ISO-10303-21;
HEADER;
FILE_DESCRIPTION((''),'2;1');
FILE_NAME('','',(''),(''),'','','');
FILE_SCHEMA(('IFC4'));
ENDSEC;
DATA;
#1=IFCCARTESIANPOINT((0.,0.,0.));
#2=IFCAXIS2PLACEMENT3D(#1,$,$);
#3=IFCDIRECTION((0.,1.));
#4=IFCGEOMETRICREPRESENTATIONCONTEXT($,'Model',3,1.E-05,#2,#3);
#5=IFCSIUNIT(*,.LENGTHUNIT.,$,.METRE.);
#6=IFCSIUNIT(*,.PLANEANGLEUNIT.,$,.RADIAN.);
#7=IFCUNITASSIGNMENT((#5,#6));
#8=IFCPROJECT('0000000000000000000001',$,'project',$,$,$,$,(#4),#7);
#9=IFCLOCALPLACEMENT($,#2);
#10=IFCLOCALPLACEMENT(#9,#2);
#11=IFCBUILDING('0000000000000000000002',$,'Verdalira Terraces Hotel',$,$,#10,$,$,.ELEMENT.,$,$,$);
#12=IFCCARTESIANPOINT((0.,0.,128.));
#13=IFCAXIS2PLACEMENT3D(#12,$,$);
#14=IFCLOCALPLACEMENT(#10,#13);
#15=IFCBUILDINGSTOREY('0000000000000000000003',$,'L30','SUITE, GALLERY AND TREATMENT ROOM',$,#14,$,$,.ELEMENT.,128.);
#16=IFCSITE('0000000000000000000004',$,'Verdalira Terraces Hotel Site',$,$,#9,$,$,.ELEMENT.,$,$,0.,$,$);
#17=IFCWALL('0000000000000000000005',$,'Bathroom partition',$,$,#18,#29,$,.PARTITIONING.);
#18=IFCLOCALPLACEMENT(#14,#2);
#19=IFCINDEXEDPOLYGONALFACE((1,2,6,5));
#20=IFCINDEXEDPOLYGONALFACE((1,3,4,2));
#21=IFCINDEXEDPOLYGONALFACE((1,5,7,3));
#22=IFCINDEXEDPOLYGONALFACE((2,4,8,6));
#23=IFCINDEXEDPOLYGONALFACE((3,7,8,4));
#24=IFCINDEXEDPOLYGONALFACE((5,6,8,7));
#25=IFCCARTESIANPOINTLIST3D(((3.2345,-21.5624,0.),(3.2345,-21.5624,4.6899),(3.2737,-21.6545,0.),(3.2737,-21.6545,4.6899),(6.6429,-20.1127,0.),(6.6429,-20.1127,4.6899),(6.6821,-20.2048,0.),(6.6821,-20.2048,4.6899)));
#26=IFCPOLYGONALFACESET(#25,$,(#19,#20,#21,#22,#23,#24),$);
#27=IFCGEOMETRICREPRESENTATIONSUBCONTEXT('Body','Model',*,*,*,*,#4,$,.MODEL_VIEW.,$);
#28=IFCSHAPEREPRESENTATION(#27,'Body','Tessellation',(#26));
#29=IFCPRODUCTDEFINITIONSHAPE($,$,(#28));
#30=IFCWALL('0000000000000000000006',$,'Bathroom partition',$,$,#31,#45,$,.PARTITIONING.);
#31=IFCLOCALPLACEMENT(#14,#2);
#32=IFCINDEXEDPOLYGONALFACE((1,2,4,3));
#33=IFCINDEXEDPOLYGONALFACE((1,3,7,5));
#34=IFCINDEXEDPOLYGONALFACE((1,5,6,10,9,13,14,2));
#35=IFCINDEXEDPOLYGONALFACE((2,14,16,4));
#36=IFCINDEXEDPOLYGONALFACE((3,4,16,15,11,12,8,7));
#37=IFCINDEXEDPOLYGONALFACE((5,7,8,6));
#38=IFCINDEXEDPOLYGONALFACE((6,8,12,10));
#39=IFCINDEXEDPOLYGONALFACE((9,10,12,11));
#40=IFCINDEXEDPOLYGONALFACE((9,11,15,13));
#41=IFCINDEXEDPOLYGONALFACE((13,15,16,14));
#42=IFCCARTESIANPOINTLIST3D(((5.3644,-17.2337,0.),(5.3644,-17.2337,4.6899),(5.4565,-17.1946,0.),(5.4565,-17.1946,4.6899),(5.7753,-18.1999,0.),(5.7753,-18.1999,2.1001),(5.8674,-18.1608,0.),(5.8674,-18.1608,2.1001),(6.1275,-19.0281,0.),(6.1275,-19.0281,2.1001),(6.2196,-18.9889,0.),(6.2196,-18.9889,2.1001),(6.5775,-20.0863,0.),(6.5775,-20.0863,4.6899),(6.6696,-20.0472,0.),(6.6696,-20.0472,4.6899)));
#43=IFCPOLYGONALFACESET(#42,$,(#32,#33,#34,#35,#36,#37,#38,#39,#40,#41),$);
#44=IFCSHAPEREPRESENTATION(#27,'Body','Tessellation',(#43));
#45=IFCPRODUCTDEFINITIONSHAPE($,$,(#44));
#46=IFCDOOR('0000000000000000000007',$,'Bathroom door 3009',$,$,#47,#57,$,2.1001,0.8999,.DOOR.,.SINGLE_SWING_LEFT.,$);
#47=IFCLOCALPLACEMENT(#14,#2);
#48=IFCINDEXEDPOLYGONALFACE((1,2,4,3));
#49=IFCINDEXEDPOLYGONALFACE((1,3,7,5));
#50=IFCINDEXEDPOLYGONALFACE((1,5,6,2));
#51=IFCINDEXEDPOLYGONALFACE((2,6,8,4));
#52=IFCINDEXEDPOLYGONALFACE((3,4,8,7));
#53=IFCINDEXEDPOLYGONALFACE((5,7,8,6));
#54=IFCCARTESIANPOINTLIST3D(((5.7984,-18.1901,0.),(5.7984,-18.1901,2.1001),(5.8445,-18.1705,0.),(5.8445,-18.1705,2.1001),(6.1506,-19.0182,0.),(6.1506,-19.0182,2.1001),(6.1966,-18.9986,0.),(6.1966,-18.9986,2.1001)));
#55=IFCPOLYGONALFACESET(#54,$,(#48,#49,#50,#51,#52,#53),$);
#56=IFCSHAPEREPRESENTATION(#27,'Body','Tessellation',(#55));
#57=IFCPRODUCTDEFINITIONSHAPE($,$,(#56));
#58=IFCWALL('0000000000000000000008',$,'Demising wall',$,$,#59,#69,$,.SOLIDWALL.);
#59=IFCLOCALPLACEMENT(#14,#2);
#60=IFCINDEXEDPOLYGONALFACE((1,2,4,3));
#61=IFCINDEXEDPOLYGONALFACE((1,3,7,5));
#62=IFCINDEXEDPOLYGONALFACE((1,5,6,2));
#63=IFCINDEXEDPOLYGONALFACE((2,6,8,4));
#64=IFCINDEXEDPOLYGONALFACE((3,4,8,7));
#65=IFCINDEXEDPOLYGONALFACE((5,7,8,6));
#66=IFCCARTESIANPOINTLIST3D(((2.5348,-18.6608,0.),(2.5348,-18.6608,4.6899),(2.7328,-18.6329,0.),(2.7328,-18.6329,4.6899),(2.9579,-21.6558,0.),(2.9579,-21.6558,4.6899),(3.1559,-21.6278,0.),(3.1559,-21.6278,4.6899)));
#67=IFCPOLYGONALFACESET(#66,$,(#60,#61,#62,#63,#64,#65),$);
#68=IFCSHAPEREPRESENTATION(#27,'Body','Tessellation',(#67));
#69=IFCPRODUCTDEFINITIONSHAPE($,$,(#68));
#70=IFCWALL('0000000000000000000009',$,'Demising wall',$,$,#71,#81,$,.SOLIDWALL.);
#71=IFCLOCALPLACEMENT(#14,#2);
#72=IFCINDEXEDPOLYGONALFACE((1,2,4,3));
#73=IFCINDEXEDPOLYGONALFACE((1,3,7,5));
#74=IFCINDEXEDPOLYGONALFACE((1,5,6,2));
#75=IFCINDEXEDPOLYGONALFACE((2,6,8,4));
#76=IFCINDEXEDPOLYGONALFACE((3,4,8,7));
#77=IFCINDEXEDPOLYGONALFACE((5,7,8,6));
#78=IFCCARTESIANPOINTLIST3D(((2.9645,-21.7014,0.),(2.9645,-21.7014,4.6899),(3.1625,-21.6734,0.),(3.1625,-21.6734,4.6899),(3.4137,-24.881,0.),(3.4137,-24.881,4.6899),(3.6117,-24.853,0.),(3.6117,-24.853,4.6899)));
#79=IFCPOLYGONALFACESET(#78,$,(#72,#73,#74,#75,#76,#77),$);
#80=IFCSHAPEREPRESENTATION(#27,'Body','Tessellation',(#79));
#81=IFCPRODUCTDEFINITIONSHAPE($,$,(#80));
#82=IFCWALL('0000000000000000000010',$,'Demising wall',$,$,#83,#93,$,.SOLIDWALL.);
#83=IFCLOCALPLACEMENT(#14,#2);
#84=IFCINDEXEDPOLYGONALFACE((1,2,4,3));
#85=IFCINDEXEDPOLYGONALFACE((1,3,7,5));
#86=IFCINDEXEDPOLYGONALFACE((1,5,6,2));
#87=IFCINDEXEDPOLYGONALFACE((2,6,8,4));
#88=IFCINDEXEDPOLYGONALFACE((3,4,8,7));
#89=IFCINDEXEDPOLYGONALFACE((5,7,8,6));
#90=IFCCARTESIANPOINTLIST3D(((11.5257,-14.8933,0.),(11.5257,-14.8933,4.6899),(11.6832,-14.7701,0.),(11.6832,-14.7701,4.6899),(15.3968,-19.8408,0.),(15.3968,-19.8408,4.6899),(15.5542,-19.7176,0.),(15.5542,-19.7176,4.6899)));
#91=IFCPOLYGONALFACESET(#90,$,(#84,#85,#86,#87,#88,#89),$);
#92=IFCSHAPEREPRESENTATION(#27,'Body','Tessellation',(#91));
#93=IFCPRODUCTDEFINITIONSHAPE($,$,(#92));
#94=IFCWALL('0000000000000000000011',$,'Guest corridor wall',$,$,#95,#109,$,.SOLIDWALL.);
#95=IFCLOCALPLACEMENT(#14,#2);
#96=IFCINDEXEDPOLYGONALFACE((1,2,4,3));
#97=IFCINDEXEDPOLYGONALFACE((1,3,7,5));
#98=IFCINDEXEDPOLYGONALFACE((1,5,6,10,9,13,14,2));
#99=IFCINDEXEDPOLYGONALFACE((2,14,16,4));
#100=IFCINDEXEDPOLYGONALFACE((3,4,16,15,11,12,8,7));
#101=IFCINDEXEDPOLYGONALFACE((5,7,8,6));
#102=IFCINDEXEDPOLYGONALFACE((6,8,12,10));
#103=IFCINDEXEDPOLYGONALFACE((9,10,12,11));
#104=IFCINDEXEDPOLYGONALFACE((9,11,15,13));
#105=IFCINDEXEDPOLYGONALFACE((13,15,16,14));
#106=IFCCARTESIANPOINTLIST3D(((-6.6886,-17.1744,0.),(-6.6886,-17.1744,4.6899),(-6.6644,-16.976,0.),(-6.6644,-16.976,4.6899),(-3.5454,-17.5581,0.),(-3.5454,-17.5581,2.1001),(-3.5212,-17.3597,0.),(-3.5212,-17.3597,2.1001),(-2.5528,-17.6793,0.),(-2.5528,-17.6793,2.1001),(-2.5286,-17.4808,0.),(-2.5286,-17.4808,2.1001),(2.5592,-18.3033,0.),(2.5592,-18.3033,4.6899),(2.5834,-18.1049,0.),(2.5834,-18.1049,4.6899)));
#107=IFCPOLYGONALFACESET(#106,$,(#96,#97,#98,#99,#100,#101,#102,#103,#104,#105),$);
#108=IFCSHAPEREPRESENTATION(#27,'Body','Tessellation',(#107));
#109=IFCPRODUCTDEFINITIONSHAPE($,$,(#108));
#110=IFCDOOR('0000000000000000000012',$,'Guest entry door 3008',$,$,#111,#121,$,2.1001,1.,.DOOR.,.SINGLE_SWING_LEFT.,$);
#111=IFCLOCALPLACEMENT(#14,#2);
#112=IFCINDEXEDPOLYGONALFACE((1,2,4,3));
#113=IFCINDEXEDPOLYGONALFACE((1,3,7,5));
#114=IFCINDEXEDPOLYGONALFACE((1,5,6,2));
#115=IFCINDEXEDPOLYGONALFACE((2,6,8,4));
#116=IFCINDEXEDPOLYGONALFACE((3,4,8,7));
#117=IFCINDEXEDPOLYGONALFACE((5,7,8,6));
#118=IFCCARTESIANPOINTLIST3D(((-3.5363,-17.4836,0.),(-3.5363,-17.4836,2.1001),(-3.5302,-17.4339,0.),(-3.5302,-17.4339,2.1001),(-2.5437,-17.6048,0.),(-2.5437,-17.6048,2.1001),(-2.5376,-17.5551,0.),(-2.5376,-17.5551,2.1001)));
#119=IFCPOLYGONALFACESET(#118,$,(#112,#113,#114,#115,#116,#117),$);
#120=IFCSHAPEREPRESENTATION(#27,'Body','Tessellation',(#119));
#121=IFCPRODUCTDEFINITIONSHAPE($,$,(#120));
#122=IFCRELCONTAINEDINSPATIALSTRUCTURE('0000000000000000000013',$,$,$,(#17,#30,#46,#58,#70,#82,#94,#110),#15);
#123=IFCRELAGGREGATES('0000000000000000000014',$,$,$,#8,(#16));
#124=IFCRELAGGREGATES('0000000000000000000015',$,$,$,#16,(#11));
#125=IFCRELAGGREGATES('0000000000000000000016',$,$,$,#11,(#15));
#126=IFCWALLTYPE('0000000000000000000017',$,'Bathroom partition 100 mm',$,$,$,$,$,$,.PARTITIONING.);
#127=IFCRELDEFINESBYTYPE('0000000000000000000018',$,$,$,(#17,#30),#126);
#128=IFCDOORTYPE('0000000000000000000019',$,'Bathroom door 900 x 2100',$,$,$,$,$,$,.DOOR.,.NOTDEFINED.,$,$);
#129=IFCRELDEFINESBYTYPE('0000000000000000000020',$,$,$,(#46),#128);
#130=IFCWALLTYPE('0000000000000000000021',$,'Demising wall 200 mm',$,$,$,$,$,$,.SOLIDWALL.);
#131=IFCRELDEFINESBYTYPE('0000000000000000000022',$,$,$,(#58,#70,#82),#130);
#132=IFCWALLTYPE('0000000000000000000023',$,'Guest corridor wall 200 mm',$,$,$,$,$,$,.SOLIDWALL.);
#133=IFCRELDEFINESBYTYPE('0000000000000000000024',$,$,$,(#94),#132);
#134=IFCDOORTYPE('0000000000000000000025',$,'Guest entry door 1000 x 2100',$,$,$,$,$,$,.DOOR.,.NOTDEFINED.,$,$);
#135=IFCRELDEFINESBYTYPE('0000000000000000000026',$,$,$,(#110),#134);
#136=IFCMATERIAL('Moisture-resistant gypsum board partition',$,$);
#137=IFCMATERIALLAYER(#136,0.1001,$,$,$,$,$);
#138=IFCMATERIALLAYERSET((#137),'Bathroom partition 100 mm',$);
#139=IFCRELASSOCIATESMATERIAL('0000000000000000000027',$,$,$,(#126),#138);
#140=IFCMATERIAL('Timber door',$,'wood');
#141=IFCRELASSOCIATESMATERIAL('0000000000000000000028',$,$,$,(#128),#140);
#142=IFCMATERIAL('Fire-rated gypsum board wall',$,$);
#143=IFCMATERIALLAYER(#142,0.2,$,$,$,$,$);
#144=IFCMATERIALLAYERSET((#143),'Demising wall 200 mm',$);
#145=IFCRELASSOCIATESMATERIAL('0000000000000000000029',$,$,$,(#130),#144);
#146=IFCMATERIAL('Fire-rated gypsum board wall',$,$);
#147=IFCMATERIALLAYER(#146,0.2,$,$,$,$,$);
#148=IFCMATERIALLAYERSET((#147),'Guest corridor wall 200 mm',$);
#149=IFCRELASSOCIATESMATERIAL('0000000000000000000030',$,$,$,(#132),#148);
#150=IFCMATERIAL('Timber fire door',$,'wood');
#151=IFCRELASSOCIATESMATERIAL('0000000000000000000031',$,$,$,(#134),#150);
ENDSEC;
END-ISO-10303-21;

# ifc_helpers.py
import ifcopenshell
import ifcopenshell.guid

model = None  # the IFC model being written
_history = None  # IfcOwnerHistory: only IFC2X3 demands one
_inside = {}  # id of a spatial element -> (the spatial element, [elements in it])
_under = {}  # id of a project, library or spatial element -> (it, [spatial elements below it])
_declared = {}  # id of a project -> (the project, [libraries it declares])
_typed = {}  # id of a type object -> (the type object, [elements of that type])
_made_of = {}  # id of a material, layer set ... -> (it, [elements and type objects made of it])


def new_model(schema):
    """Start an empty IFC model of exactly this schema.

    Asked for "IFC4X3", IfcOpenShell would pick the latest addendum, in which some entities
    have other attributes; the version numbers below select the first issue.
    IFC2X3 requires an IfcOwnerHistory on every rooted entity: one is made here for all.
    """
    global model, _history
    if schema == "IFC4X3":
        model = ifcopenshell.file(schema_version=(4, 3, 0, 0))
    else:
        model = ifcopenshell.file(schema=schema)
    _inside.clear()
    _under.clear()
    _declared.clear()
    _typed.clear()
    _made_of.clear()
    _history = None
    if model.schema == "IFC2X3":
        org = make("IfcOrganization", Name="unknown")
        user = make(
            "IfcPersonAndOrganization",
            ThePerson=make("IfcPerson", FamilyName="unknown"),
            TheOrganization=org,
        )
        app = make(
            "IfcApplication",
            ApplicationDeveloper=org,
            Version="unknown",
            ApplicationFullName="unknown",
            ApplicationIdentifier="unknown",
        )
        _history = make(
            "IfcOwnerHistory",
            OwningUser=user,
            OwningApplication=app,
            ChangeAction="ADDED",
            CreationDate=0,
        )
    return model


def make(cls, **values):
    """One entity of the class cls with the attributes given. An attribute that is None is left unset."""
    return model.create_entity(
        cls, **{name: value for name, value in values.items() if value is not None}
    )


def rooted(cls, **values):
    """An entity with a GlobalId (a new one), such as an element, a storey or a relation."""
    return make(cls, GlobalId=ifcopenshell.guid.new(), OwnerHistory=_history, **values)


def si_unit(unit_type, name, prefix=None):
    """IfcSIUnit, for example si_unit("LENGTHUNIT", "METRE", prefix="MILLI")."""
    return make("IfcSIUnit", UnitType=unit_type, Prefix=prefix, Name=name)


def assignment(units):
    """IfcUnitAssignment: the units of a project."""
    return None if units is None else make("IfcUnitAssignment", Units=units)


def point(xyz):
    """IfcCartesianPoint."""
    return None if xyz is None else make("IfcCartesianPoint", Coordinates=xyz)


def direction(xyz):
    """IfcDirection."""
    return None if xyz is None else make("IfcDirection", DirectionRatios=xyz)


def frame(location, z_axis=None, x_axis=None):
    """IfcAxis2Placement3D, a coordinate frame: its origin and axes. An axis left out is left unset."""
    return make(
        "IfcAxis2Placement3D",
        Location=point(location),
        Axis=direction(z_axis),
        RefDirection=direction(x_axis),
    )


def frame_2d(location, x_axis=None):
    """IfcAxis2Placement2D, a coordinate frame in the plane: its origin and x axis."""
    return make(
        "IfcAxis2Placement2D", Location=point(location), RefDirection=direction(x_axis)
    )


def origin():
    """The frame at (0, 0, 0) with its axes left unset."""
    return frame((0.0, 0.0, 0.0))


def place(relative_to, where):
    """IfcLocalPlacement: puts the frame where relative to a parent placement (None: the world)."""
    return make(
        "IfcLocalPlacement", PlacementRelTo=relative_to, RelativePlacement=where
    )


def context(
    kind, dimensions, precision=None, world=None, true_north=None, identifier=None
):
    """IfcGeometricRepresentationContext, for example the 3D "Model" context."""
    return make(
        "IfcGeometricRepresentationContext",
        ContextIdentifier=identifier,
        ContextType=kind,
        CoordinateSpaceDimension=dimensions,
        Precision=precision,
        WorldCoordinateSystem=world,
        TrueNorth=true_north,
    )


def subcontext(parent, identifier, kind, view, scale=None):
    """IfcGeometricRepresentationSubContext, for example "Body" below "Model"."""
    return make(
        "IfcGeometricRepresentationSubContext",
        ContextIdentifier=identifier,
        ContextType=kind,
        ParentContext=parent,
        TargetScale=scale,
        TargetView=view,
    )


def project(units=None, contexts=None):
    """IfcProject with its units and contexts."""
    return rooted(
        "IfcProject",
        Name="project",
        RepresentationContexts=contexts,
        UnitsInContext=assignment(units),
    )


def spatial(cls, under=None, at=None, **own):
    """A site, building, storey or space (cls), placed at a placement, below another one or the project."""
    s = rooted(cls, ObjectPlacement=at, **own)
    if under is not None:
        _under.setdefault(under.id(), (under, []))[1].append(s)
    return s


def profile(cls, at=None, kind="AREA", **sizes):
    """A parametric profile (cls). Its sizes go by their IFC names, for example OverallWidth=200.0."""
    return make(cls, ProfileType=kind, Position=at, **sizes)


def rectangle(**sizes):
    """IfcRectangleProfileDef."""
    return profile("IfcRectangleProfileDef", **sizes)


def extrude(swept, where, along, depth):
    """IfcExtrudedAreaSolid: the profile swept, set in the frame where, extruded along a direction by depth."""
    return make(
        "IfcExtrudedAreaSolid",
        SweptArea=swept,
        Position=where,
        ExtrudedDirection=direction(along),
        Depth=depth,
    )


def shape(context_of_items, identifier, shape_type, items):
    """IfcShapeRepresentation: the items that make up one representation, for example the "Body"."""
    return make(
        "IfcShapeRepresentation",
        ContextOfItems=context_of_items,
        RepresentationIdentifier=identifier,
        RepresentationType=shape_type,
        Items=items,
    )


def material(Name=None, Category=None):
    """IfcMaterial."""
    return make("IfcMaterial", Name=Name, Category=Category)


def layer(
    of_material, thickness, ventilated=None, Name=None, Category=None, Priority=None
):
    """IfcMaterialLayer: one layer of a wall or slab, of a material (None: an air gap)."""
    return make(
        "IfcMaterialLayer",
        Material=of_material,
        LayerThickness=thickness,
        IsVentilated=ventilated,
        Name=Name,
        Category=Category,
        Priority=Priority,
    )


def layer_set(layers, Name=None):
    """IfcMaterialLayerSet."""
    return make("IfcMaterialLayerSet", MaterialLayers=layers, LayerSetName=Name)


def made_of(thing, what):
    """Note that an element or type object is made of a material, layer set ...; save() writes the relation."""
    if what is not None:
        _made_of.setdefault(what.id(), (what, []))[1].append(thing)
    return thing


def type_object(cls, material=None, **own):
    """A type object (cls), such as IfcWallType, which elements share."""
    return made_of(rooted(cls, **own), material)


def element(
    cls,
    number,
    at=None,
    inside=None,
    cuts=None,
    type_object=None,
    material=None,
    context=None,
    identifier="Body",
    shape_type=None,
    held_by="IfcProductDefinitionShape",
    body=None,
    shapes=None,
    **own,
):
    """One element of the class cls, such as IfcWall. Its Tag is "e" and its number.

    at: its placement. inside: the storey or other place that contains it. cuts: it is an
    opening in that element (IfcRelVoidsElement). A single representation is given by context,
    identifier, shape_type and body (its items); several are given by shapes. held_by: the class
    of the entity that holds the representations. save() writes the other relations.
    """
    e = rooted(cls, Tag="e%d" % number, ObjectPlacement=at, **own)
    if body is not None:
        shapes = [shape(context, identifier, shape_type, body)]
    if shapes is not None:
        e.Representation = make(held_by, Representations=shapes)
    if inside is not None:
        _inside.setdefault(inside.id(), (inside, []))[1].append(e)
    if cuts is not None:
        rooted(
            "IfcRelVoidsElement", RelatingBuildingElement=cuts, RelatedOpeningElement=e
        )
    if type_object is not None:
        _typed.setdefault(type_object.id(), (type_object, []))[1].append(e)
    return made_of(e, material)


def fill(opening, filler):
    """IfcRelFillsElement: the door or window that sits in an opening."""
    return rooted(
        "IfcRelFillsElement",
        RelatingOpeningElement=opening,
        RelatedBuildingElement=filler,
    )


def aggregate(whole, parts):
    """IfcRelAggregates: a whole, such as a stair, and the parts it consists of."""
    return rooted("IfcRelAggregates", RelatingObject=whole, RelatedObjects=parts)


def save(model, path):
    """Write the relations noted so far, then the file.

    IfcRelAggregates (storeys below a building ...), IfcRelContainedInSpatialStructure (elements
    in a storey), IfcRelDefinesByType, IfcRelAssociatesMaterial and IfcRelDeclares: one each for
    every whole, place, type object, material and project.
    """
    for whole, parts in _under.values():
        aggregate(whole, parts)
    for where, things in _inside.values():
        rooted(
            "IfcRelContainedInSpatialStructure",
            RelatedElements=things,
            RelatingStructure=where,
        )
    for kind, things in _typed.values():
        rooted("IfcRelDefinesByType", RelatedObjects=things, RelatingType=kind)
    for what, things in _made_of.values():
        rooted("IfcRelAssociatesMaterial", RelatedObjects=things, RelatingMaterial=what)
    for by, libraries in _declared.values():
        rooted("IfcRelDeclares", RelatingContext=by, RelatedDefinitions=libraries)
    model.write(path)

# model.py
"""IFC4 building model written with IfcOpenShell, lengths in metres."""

from ifc_helpers import new_model, si_unit, direction, frame, frame_2d, origin, place, context, subcontext, project, spatial, rectangle, extrude, material, layer, layer_set, type_object, element, fill, save


model = new_model("IFC4")

# Units and contexts
model_context = context("Model", 3, precision=1e-05, world=origin(), true_north=direction((0.0, 1.0)))
body_context = subcontext(model_context, "Body", "Model", "MODEL_VIEW")
ifc_project = project(units=[si_unit("LENGTHUNIT", "METRE"), si_unit("PLANEANGLEUNIT", "RADIAN")], contexts=[model_context])

# Site, building, storey
site_placement = place(None, origin())
site = spatial("IfcSite", under=ifc_project, at=site_placement, Name="Verdalira Terraces Hotel Site", CompositionType="ELEMENT", RefElevation=0.0)
building_placement = place(site_placement, origin())
building = spatial("IfcBuilding", under=site, at=building_placement, Name="Verdalira Terraces Hotel", CompositionType="ELEMENT")
storey_placement = place(building_placement, frame((0.0, 0.0, 128.0)))
storey = spatial("IfcBuildingStorey", under=building, at=storey_placement, Name="L30", Description="SUITE, GALLERY AND TREATMENT ROOM", CompositionType="ELEMENT", Elevation=128.0)

# Wall
ifc_material_1 = material(Name="Moisture-resistant gypsum board partition")
ifc_layer_1 = layer(ifc_material_1, 0.1001)
ifc_layer_set_1 = layer_set([ifc_layer_1], Name="Bathroom partition 100 mm")
wall_type_1 = type_object("IfcWallType", Name="Bathroom partition 100 mm", PredefinedType="PARTITIONING", material=ifc_layer_set_1)
wall_1_placement = place(storey_placement, frame((6.6626, -20.1587, 0.0), z_axis=(0.0, 0.0, 1.0), x_axis=(-0.920222, -0.391396, 0.0)))
element("IfcWall", 1, at=wall_1_placement, inside=storey, type_object=wall_type_1, Name="Bathroom partition", PredefinedType="PARTITIONING", context=body_context, shape_type="SweptSolid", body=[
    extrude(rectangle(XDim=3.7039, YDim=0.1001, at=frame_2d((1.8521, 0.0))), origin(), (0.0, 0.0, 1.0), 4.6899),
])

# Wall, opening, door
wall_2_placement = place(storey_placement, frame((6.6235, -20.0666, 0.0), z_axis=(0.0, 0.0, 1.0), x_axis=(-0.391361, 0.920237, 0.0)))
wall_2 = element("IfcWall", 2, at=wall_2_placement, inside=storey, type_object=wall_type_1, Name="Bathroom partition", PredefinedType="PARTITIONING", context=body_context, shape_type="SweptSolid", body=[
    extrude(rectangle(XDim=3.0999, YDim=0.1001, at=frame_2d((1.5498, 0.0))), origin(), (0.0, 0.0, 1.0), 4.6899),
])
opening_1_placement = place(wall_2_placement, frame((1.1499, 0.0, 0.0)))
opening_1 = element("IfcOpeningElement", 3, at=opening_1_placement, cuts=wall_2, PredefinedType="OPENING", context=body_context, shape_type="SweptSolid", body=[
    extrude(rectangle(XDim=0.8999, YDim=2.1001, at=frame_2d((0.45, 1.05))), frame((0.0, 0.0601, 0.0), z_axis=(0.0, -1.0, 0.0), x_axis=(1.0, 0.0, 0.0)), (0.0, 0.0, 1.0), 0.1201),
])
ifc_material_2 = material(Name="Timber door", Category="wood")
door_type_1 = type_object("IfcDoorType", Name="Bathroom door 900 x 2100", OperationType="NOTDEFINED", PredefinedType="DOOR", material=ifc_material_2)
door_1_placement = place(opening_1_placement, origin())
door_1 = element("IfcDoor", 4, at=door_1_placement, inside=storey, type_object=door_type_1, Name="Bathroom door 3009", OperationType="SINGLE_SWING_LEFT", OverallHeight=2.1001, OverallWidth=0.8999, PredefinedType="DOOR", context=body_context, shape_type="SweptSolid", body=[
    extrude(rectangle(XDim=0.8999, YDim=2.1001, at=frame_2d((0.45, 1.05))), frame((0.0, 0.0249, 0.0), z_axis=(0.0, -1.0, 0.0), x_axis=(1.0, 0.0, 0.0)), (0.0, 0.0, 1.0), 0.05),
])
fill(opening_1, door_1)

# Walls
ifc_material_3 = material(Name="Fire-rated gypsum board wall")
ifc_layer_2 = layer(ifc_material_3, 0.2)
ifc_layer_set_2 = layer_set([ifc_layer_2], Name="Demising wall 200 mm")
wall_type_2 = type_object("IfcWallType", Name="Demising wall 200 mm", PredefinedType="SOLIDWALL", material=ifc_layer_set_2)
wall_3_placement = place(storey_placement, frame((2.6338, -18.647, 0.0), z_axis=(0.0, 0.0, 1.0), x_axis=(0.139884, -0.990168, 0.0)))
element("IfcWall", 5, at=wall_3_placement, inside=storey, type_object=wall_type_2, Name="Demising wall", PredefinedType="SOLIDWALL", context=body_context, shape_type="SweptSolid", body=[
    extrude(rectangle(XDim=3.0247, YDim=0.2, at=frame_2d((1.5122, 0.0))), origin(), (0.0, 0.0, 1.0), 4.6899),
])
wall_4_placement = place(storey_placement, frame((3.0635, -21.6875, 0.0), z_axis=(0.0, 0.0, 1.0), x_axis=(0.139888, -0.990167, 0.0)))
element("IfcWall", 6, at=wall_4_placement, inside=storey, type_object=wall_type_2, Name="Demising wall", PredefinedType="SOLIDWALL", context=body_context, shape_type="SweptSolid", body=[
    extrude(rectangle(XDim=3.2112, YDim=0.2, at=frame_2d((1.6055, 0.0))), origin(), (0.0, 0.0, 1.0), 4.6899),
])
wall_5_placement = place(storey_placement, frame((15.4756, -19.7793, 0.0), z_axis=(0.0, 0.0, 1.0), x_axis=(-0.616222, 0.787572, 0.0)))
element("IfcWall", 7, at=wall_5_placement, inside=storey, type_object=wall_type_2, Name="Demising wall", PredefinedType="SOLIDWALL", context=body_context, shape_type="SweptSolid", body=[
    extrude(rectangle(XDim=6.282, YDim=0.2, at=frame_2d((3.1411, 0.0))), origin(), (0.0, 0.0, 1.0), 4.6899),
])

# Wall, opening, door
ifc_material_4 = material(Name="Fire-rated gypsum board wall")
ifc_layer_3 = layer(ifc_material_4, 0.2)
ifc_layer_set_3 = layer_set([ifc_layer_3], Name="Guest corridor wall 200 mm")
wall_type_3 = type_object("IfcWallType", Name="Guest corridor wall 200 mm", PredefinedType="SOLIDWALL", material=ifc_layer_set_3)
wall_6_placement = place(storey_placement, frame((2.5713, -18.2041, 0.0), z_axis=(0.0, 0.0, 1.0), x_axis=(-0.992631, 0.121173, 0.0)))
wall_6 = element("IfcWall", 8, at=wall_6_placement, inside=storey, type_object=wall_type_3, Name="Guest corridor wall", PredefinedType="SOLIDWALL", context=body_context, shape_type="SweptSolid", body=[
    extrude(rectangle(XDim=9.3164, YDim=0.2, at=frame_2d((4.6582, 0.0))), origin(), (0.0, 0.0, 1.0), 4.6899),
])
opening_2_placement = place(wall_6_placement, frame((5.1499, 0.0, 0.0)))
opening_2 = element("IfcOpeningElement", 9, at=opening_2_placement, cuts=wall_6, PredefinedType="OPENING", context=body_context, shape_type="SweptSolid", body=[
    extrude(rectangle(XDim=1.0, YDim=2.1001, at=frame_2d((0.5, 1.05))), frame((0.0, 0.1099, 0.0), z_axis=(0.0, -1.0, 0.0), x_axis=(1.0, 0.0, 0.0)), (0.0, 0.0, 1.0), 0.22),
])
ifc_material_5 = material(Name="Timber fire door", Category="wood")
door_type_2 = type_object("IfcDoorType", Name="Guest entry door 1000 x 2100", OperationType="NOTDEFINED", PredefinedType="DOOR", material=ifc_material_5)
door_2_placement = place(opening_2_placement, origin())
door_2 = element("IfcDoor", 10, at=door_2_placement, inside=storey, type_object=door_type_2, Name="Guest entry door 3008", OperationType="SINGLE_SWING_LEFT", OverallHeight=2.1001, OverallWidth=1.0, PredefinedType="DOOR", context=body_context, shape_type="SweptSolid", body=[
    extrude(rectangle(XDim=1.0, YDim=2.1001, at=frame_2d((0.5, 1.05))), frame((0.0, 0.0249, 0.0), z_axis=(0.0, -1.0, 0.0), x_axis=(1.0, 0.0, 0.0)), (0.0, 0.0, 1.0), 0.05),
])
fill(opening_2, door_2)

save(model, "model.ifc")
